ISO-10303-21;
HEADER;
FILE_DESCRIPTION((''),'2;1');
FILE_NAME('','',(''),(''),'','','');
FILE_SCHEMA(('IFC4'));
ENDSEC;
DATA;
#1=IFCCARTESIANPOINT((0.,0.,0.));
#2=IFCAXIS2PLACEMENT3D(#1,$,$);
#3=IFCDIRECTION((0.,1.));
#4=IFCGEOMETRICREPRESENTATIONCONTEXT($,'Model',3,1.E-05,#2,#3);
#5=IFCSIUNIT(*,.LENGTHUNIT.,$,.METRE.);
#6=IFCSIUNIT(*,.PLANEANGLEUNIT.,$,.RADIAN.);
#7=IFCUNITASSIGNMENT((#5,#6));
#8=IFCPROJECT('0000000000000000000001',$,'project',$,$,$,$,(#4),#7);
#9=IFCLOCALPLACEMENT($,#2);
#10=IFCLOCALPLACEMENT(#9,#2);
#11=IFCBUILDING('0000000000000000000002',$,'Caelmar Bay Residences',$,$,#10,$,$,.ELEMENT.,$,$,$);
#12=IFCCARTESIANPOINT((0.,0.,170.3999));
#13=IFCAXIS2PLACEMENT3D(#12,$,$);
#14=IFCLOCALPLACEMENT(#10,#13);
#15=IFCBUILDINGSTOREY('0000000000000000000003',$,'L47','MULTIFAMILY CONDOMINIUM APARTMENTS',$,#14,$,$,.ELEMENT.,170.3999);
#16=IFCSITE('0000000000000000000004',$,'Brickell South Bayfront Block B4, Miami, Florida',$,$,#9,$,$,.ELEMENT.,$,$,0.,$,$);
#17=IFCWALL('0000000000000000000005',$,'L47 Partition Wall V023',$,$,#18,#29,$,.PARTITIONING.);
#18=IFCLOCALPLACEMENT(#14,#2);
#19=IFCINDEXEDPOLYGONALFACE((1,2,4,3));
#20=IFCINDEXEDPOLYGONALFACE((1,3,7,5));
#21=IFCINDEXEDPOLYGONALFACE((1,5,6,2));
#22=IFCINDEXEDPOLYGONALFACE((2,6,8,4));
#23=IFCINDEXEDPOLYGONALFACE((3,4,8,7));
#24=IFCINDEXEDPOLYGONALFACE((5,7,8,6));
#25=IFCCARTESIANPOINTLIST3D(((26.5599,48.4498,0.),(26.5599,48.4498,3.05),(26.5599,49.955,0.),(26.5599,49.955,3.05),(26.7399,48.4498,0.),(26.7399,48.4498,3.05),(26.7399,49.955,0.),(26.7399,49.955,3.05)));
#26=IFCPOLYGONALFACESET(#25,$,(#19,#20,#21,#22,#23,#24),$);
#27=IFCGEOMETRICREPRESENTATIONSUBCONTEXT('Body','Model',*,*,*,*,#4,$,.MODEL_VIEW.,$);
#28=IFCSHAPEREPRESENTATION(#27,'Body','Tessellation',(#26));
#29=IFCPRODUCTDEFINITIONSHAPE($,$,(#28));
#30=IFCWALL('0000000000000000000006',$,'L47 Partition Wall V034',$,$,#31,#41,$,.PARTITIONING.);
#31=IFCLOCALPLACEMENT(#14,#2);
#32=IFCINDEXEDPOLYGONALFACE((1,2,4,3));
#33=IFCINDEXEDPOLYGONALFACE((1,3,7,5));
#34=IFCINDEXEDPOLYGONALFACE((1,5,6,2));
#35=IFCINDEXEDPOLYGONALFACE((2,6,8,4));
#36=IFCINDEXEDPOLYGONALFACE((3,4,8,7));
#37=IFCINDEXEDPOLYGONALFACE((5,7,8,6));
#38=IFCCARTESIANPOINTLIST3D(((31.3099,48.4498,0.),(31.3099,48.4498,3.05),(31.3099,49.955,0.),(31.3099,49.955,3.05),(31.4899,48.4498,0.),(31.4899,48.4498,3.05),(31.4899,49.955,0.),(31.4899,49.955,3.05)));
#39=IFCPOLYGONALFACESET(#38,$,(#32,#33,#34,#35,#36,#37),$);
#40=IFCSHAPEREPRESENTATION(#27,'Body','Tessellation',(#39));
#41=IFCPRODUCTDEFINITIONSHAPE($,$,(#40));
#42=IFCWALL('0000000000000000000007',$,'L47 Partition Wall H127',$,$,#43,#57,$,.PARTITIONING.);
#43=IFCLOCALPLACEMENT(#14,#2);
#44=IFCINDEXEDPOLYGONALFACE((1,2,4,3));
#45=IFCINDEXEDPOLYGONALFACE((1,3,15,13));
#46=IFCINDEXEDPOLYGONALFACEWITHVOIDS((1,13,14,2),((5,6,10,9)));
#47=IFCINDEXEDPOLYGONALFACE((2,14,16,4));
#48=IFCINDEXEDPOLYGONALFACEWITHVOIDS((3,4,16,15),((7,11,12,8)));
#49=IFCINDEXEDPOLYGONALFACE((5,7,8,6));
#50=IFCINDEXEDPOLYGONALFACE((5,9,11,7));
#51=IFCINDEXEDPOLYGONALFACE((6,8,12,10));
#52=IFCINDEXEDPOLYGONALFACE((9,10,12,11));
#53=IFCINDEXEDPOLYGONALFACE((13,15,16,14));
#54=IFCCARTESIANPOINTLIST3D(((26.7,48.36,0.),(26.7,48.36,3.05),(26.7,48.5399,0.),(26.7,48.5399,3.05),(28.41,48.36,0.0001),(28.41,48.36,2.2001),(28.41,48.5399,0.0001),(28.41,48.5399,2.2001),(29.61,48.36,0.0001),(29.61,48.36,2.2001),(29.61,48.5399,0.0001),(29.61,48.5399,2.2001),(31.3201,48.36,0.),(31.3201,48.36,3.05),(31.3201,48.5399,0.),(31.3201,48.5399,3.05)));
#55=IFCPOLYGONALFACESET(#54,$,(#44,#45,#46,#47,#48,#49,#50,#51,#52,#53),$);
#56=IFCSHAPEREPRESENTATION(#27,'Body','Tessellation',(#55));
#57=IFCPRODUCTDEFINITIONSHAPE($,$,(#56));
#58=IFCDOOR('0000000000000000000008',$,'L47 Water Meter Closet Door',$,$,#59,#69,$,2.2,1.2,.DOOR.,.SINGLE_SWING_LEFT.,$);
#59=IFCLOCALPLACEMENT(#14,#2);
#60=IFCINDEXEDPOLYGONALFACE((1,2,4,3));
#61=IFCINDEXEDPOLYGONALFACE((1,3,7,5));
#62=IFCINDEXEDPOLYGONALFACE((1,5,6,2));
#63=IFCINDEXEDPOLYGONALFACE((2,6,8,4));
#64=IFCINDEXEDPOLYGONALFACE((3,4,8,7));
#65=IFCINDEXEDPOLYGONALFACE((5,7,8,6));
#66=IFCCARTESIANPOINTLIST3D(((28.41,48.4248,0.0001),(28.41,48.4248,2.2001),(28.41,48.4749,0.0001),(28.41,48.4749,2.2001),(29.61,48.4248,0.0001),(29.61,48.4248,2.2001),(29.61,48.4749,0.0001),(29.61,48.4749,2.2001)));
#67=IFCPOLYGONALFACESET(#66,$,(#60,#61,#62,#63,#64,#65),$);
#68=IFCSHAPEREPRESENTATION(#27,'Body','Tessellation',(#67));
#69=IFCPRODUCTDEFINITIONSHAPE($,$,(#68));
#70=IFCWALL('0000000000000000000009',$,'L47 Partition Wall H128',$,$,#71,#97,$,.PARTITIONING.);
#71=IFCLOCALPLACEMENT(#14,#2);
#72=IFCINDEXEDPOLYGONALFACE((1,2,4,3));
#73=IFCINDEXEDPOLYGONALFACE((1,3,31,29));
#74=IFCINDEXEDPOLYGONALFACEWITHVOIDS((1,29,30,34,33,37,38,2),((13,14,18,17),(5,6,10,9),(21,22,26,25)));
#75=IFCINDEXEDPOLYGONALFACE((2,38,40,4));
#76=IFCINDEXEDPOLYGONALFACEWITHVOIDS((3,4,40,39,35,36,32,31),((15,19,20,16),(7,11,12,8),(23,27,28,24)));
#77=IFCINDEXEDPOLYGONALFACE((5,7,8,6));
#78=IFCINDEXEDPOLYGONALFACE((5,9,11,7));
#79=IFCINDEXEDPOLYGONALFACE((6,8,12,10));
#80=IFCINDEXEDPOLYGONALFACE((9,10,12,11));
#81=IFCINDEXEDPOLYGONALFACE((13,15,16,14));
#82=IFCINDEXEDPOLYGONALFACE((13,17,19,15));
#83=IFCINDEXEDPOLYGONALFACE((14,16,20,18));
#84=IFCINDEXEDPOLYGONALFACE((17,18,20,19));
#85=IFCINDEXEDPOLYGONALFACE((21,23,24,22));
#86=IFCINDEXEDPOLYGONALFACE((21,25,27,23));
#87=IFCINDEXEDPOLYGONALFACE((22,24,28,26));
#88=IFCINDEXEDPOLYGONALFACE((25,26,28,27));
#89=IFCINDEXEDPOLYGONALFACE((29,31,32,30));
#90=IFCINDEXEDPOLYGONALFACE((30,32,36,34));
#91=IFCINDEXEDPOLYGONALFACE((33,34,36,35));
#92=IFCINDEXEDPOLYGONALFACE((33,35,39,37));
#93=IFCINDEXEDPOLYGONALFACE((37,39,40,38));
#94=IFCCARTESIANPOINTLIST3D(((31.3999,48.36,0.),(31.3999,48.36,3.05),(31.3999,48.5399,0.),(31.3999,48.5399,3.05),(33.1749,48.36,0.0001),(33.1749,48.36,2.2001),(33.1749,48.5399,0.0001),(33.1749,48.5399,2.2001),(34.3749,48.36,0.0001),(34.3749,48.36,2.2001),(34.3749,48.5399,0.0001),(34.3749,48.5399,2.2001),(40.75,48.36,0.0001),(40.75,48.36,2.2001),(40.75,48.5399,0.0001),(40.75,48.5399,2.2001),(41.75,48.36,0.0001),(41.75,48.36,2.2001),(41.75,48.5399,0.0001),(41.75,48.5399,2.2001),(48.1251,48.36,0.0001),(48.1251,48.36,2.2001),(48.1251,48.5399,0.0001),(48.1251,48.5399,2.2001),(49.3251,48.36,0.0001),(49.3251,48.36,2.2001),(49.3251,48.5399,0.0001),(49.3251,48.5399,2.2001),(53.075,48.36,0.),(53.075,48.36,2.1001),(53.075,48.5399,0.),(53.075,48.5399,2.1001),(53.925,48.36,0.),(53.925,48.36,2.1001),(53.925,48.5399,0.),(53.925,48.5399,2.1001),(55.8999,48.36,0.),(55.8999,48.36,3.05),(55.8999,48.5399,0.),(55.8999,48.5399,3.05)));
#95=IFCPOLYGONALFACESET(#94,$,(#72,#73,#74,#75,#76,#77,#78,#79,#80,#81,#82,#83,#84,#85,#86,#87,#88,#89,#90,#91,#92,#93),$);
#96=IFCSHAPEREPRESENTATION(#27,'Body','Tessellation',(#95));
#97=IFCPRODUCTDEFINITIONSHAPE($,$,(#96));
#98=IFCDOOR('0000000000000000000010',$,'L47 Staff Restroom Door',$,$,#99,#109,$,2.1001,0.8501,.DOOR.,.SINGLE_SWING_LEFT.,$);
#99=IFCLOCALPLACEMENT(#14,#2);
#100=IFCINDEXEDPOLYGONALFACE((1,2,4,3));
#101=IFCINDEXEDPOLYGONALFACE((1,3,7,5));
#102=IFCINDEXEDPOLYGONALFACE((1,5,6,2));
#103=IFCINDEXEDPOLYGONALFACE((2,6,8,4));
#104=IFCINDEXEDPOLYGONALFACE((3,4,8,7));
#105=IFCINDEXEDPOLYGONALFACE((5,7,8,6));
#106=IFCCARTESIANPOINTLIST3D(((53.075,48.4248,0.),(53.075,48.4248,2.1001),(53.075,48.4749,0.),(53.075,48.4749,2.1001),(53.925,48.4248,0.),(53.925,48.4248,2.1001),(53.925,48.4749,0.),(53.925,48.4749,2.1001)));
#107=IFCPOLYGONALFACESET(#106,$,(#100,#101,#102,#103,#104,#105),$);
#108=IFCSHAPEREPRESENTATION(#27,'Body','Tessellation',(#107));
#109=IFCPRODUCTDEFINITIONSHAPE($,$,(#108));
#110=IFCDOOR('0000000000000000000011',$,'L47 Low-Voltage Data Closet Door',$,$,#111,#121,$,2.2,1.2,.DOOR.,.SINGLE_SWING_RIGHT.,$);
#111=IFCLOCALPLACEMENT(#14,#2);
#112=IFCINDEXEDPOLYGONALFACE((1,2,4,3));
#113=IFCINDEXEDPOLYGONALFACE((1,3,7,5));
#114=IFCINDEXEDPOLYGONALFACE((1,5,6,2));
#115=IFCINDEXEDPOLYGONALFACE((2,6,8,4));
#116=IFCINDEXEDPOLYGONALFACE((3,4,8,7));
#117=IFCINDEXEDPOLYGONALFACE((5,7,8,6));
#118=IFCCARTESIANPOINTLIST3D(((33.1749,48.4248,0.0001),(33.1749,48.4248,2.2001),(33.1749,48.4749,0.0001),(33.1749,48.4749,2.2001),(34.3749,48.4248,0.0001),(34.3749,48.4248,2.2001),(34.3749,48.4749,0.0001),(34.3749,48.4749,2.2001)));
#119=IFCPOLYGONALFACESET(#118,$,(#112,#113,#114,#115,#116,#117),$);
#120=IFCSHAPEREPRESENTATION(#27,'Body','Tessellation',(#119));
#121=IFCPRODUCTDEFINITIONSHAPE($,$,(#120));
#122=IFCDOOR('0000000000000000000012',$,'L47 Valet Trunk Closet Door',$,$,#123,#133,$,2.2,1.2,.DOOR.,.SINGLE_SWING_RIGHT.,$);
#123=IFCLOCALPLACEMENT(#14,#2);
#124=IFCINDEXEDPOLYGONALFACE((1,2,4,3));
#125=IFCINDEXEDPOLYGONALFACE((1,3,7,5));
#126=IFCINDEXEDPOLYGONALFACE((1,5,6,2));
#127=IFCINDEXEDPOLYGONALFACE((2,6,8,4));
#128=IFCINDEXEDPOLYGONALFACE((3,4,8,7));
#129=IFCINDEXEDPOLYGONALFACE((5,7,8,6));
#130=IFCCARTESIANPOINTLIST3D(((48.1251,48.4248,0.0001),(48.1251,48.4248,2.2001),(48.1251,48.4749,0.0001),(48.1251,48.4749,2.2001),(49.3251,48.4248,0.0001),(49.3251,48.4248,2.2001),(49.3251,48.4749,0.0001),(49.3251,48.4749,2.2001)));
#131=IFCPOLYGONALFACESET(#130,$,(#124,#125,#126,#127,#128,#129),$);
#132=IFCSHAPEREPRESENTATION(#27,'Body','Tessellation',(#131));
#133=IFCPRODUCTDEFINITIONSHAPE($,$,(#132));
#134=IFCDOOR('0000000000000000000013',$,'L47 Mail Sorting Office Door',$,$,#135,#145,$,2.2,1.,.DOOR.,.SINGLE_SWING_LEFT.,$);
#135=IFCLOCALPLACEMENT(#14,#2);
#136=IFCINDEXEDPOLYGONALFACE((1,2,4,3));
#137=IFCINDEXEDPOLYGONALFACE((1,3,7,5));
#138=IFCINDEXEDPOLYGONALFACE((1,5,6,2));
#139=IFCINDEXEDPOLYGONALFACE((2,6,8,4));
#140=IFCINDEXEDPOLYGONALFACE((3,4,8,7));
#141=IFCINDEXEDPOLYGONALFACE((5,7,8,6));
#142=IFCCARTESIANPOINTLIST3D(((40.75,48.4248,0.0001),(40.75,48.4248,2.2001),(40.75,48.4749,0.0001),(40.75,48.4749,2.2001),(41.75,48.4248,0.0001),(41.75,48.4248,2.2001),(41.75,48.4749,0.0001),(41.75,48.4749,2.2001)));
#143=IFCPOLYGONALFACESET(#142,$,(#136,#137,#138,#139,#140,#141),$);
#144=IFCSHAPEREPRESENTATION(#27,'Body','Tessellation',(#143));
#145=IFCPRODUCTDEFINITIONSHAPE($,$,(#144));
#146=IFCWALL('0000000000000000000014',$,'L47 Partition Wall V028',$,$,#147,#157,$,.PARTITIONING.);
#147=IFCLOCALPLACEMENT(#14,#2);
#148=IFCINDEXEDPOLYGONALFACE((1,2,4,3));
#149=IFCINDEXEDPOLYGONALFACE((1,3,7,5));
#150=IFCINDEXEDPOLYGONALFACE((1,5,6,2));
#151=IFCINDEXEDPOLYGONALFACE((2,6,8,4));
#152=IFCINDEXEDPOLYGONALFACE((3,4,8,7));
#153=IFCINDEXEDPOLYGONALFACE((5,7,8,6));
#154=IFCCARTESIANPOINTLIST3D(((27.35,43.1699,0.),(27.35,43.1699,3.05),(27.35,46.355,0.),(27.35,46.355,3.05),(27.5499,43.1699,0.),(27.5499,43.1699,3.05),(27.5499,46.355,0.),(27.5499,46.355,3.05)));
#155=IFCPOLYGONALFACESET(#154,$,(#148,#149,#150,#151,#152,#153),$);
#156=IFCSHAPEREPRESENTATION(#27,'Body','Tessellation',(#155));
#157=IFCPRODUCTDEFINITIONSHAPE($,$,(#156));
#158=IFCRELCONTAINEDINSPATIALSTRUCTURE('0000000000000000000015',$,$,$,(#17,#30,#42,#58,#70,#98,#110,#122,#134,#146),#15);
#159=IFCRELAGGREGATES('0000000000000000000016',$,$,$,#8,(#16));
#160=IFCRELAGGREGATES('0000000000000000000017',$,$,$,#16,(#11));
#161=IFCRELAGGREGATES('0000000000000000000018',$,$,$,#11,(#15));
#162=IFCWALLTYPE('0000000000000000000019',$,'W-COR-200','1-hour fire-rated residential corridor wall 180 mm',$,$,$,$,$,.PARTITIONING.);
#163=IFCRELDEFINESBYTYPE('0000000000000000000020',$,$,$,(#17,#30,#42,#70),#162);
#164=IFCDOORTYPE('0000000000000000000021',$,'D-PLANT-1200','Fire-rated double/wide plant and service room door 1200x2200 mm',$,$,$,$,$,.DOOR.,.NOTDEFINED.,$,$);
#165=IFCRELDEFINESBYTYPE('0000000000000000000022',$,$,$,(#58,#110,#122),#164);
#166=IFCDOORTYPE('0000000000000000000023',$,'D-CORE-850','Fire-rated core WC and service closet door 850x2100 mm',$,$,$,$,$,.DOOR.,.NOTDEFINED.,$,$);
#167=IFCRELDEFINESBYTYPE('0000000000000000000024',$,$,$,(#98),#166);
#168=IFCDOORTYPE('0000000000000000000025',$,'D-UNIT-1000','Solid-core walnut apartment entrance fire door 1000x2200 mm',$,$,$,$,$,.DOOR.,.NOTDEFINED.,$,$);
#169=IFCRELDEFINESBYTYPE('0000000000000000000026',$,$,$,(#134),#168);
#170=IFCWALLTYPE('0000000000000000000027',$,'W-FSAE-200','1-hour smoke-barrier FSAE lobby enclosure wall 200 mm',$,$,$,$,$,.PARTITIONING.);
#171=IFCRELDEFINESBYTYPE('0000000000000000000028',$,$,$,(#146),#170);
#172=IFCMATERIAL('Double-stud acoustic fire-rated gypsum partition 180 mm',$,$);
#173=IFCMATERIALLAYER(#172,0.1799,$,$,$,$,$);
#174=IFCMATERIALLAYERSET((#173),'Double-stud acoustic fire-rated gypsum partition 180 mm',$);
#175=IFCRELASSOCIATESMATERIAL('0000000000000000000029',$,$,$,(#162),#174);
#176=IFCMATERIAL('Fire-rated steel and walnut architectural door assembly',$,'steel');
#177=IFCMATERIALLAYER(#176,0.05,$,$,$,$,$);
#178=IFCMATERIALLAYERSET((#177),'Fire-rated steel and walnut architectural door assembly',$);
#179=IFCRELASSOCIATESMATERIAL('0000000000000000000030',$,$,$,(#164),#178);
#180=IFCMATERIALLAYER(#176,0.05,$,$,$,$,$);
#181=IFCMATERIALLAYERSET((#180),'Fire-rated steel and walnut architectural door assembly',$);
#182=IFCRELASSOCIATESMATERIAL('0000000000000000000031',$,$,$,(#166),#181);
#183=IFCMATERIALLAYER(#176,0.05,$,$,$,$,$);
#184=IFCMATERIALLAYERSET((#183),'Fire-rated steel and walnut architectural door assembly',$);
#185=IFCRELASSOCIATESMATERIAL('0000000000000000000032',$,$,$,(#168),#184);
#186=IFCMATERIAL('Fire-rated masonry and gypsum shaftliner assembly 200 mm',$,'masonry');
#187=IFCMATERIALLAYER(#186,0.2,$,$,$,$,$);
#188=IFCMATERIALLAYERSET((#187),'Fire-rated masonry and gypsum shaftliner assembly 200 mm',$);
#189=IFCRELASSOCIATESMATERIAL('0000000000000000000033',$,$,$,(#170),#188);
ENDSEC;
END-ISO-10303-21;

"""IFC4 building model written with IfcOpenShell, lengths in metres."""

from ifc_helpers import new_model, si_unit, direction, frame, frame_2d, origin, place, context, subcontext, project, spatial, rectangle, extrude, material, layer, layer_set, type_object, element, fill, save


model = new_model("IFC4")

# Units and contexts
model_context = context("Model", 3, precision=1e-05, world=origin(), true_north=direction((0.0, 1.0)))
body_context = subcontext(model_context, "Body", "Model", "MODEL_VIEW")
ifc_project = project(units=[si_unit("LENGTHUNIT", "METRE"), si_unit("PLANEANGLEUNIT", "RADIAN")], contexts=[model_context])

# Site, building, storey
site_placement = place(None, origin())
site = spatial("IfcSite", under=ifc_project, at=site_placement, Name="Brickell South Bayfront Block B4, Miami, Florida", CompositionType="ELEMENT", RefElevation=0.0)
building_placement = place(site_placement, origin())
building = spatial("IfcBuilding", under=site, at=building_placement, Name="Caelmar Bay Residences", CompositionType="ELEMENT")
storey_placement = place(building_placement, frame((0.0, 0.0, 170.3999)))
storey = spatial("IfcBuildingStorey", under=building, at=storey_placement, Name="L47", Description="MULTIFAMILY CONDOMINIUM APARTMENTS", CompositionType="ELEMENT", Elevation=170.3999)

# Walls
ifc_material_1 = material(Name="Double-stud acoustic fire-rated gypsum partition 180 mm")
ifc_layer_1 = layer(ifc_material_1, 0.1799)
ifc_layer_set_1 = layer_set([ifc_layer_1], Name="Double-stud acoustic fire-rated gypsum partition 180 mm")
wall_type_1 = type_object("IfcWallType", Name="W-COR-200", Description="1-hour fire-rated residential corridor wall 180 mm", PredefinedType="PARTITIONING", material=ifc_layer_set_1)
for number, where, z_axis, x_axis, name in (
    (1, (26.6499, 48.45, 0.0), (0.0, 0.0, 1.0), (0.0, 1.0, 0.0), "L47 Partition Wall V023"),
    (2, (31.3999, 48.45, 0.0), (0.0, 0.0, 1.0), (0.0, 1.0, 0.0), "L47 Partition Wall V034"),
):
    element("IfcWall", number, at=place(storey_placement, frame(where, z_axis=z_axis, x_axis=x_axis)), inside=storey, type_object=wall_type_1, Name=name, PredefinedType="PARTITIONING", context=body_context, shape_type="SweptSolid", body=[
        extrude(rectangle(XDim=1.5051, YDim=0.1799, at=frame_2d((0.7524, 0.0))), origin(), (0.0, 0.0, 1.0), 3.05),
    ])

# Wall, opening, door
wall_1_placement = place(storey_placement, frame((26.7, 48.45, 0.0), z_axis=(0.0, 0.0, 1.0), x_axis=(1.0, 0.0, 0.0)))
wall_1 = element("IfcWall", 3, at=wall_1_placement, inside=storey, type_object=wall_type_1, Name="L47 Partition Wall H127", PredefinedType="PARTITIONING", context=body_context, shape_type="SweptSolid", body=[
    extrude(rectangle(XDim=4.6201, YDim=0.1799, at=frame_2d((2.3101, 0.0))), origin(), (0.0, 0.0, 1.0), 3.05),
])
opening_1_placement = place(wall_1_placement, frame((1.71, 0.0, 0.0)))
opening_1 = element("IfcOpeningElement", 4, at=opening_1_placement, cuts=wall_1, PredefinedType="OPENING", context=body_context, shape_type="SweptSolid", body=[
    extrude(rectangle(XDim=1.2, YDim=2.2, at=frame_2d((0.6001, 1.1001))), frame((0.0, 0.0999, 0.0), z_axis=(0.0, -1.0, 0.0), x_axis=(1.0, 0.0, 0.0)), (0.0, 0.0, 1.0), 0.2),
])
ifc_material_2 = material(Name="Fire-rated steel and walnut architectural door assembly", Category="steel")
ifc_layer_2 = layer(ifc_material_2, 0.05)
ifc_layer_set_2 = layer_set([ifc_layer_2], Name="Fire-rated steel and walnut architectural door assembly")
door_type_1 = type_object("IfcDoorType", Name="D-PLANT-1200", Description="Fire-rated double/wide plant and service room door 1200x2200 mm", OperationType="NOTDEFINED", PredefinedType="DOOR", material=ifc_layer_set_2)
door_1_placement = place(opening_1_placement, origin())
door_1 = element("IfcDoor", 5, at=door_1_placement, inside=storey, type_object=door_type_1, Name="L47 Water Meter Closet Door", OperationType="SINGLE_SWING_LEFT", OverallHeight=2.2, OverallWidth=1.2, PredefinedType="DOOR", context=body_context, shape_type="SweptSolid", body=[
    extrude(rectangle(XDim=1.2, YDim=2.2, at=frame_2d((0.6001, 1.1001))), frame((0.0, 0.0249, 0.0), z_axis=(0.0, -1.0, 0.0), x_axis=(1.0, 0.0, 0.0)), (0.0, 0.0, 1.0), 0.05),
])
fill(opening_1, door_1)

# Wall, openings, doors
wall_2_placement = place(storey_placement, frame((31.3999, 48.45, 0.0), z_axis=(0.0, 0.0, 1.0), x_axis=(1.0, 0.0, 0.0)))
wall_2 = element("IfcWall", 6, at=wall_2_placement, inside=storey, type_object=wall_type_1, Name="L47 Partition Wall H128", PredefinedType="PARTITIONING", context=body_context, shape_type="SweptSolid", body=[
    extrude(rectangle(XDim=24.5, YDim=0.1799, at=frame_2d((12.25, 0.0))), origin(), (0.0, 0.0, 1.0), 3.05),
])
opening_2_placement = place(wall_2_placement, frame((1.7749, 0.0, 0.0)))
opening_2 = element("IfcOpeningElement", 7, at=opening_2_placement, cuts=wall_2, PredefinedType="OPENING", context=body_context, shape_type="SweptSolid", body=[
    extrude(rectangle(XDim=1.2, YDim=2.2, at=frame_2d((0.6001, 1.1001))), frame((0.0, 0.0999, 0.0), z_axis=(0.0, -1.0, 0.0), x_axis=(1.0, 0.0, 0.0)), (0.0, 0.0, 1.0), 0.2),
])
opening_3_placement = place(wall_2_placement, frame((9.3501, 0.0, 0.0)))
opening_3 = element("IfcOpeningElement", 8, at=opening_3_placement, cuts=wall_2, PredefinedType="OPENING", context=body_context, shape_type="SweptSolid", body=[
    extrude(rectangle(XDim=1.0, YDim=2.2, at=frame_2d((0.5, 1.1001))), frame((0.0, 0.0999, 0.0), z_axis=(0.0, -1.0, 0.0), x_axis=(1.0, 0.0, 0.0)), (0.0, 0.0, 1.0), 0.2),
])
opening_4_placement = place(wall_2_placement, frame((16.7251, 0.0, 0.0)))
opening_4 = element("IfcOpeningElement", 9, at=opening_4_placement, cuts=wall_2, PredefinedType="OPENING", context=body_context, shape_type="SweptSolid", body=[
    extrude(rectangle(XDim=1.2, YDim=2.2, at=frame_2d((0.6001, 1.1001))), frame((0.0, 0.0999, 0.0), z_axis=(0.0, -1.0, 0.0), x_axis=(1.0, 0.0, 0.0)), (0.0, 0.0, 1.0), 0.2),
])
opening_5_placement = place(wall_2_placement, frame((21.675, 0.0, 0.0)))
opening_5 = element("IfcOpeningElement", 10, at=opening_5_placement, cuts=wall_2, PredefinedType="OPENING", context=body_context, shape_type="SweptSolid", body=[
    extrude(rectangle(XDim=0.8501, YDim=2.1001, at=frame_2d((0.425, 1.05))), frame((0.0, 0.0999, 0.0), z_axis=(0.0, -1.0, 0.0), x_axis=(1.0, 0.0, 0.0)), (0.0, 0.0, 1.0), 0.2),
])
ifc_layer_3 = layer(ifc_material_2, 0.05)
ifc_layer_set_3 = layer_set([ifc_layer_3], Name="Fire-rated steel and walnut architectural door assembly")
door_type_2 = type_object("IfcDoorType", Name="D-CORE-850", Description="Fire-rated core WC and service closet door 850x2100 mm", OperationType="NOTDEFINED", PredefinedType="DOOR", material=ifc_layer_set_3)
door_2_placement = place(opening_5_placement, origin())
door_2 = element("IfcDoor", 11, at=door_2_placement, inside=storey, type_object=door_type_2, Name="L47 Staff Restroom Door", OperationType="SINGLE_SWING_LEFT", OverallHeight=2.1001, OverallWidth=0.8501, PredefinedType="DOOR", context=body_context, shape_type="SweptSolid", body=[
    extrude(rectangle(XDim=0.8501, YDim=2.1001, at=frame_2d((0.425, 1.05))), frame((0.0, 0.0249, 0.0), z_axis=(0.0, -1.0, 0.0), x_axis=(1.0, 0.0, 0.0)), (0.0, 0.0, 1.0), 0.05),
])
fill(opening_5, door_2)
door_3_placement = place(opening_2_placement, origin())
door_3 = element("IfcDoor", 12, at=door_3_placement, inside=storey, type_object=door_type_1, Name="L47 Low-Voltage Data Closet Door", OperationType="SINGLE_SWING_RIGHT", OverallHeight=2.2, OverallWidth=1.2, PredefinedType="DOOR", context=body_context, shape_type="SweptSolid", body=[
    extrude(rectangle(XDim=1.2, YDim=2.2, at=frame_2d((0.6001, 1.1001))), frame((0.0, 0.0249, 0.0), z_axis=(0.0, -1.0, 0.0), x_axis=(1.0, 0.0, 0.0)), (0.0, 0.0, 1.0), 0.05),
])
fill(opening_2, door_3)
door_4_placement = place(opening_4_placement, origin())
door_4 = element("IfcDoor", 13, at=door_4_placement, inside=storey, type_object=door_type_1, Name="L47 Valet Trunk Closet Door", OperationType="SINGLE_SWING_RIGHT", OverallHeight=2.2, OverallWidth=1.2, PredefinedType="DOOR", context=body_context, shape_type="SweptSolid", body=[
    extrude(rectangle(XDim=1.2, YDim=2.2, at=frame_2d((0.6001, 1.1001))), frame((0.0, 0.0249, 0.0), z_axis=(0.0, -1.0, 0.0), x_axis=(1.0, 0.0, 0.0)), (0.0, 0.0, 1.0), 0.05),
])
fill(opening_4, door_4)
ifc_layer_4 = layer(ifc_material_2, 0.05)
ifc_layer_set_4 = layer_set([ifc_layer_4], Name="Fire-rated steel and walnut architectural door assembly")
door_type_3 = type_object("IfcDoorType", Name="D-UNIT-1000", Description="Solid-core walnut apartment entrance fire door 1000x2200 mm", OperationType="NOTDEFINED", PredefinedType="DOOR", material=ifc_layer_set_4)
door_5_placement = place(opening_3_placement, origin())
door_5 = element("IfcDoor", 14, at=door_5_placement, inside=storey, type_object=door_type_3, Name="L47 Mail Sorting Office Door", OperationType="SINGLE_SWING_LEFT", OverallHeight=2.2, OverallWidth=1.0, PredefinedType="DOOR", context=body_context, shape_type="SweptSolid", body=[
    extrude(rectangle(XDim=1.0, YDim=2.2, at=frame_2d((0.5, 1.1001))), frame((0.0, 0.0249, 0.0), z_axis=(0.0, -1.0, 0.0), x_axis=(1.0, 0.0, 0.0)), (0.0, 0.0, 1.0), 0.05),
])
fill(opening_3, door_5)

# Wall
ifc_material_3 = material(Name="Fire-rated masonry and gypsum shaftliner assembly 200 mm", Category="masonry")
ifc_layer_5 = layer(ifc_material_3, 0.2)
ifc_layer_set_5 = layer_set([ifc_layer_5], Name="Fire-rated masonry and gypsum shaftliner assembly 200 mm")
wall_type_2 = type_object("IfcWallType", Name="W-FSAE-200", Description="1-hour smoke-barrier FSAE lobby enclosure wall 200 mm", PredefinedType="PARTITIONING", material=ifc_layer_set_5)
wall_3_placement = place(storey_placement, frame((27.45, 43.1699, 0.0), z_axis=(0.0, 0.0, 1.0), x_axis=(0.0, 1.0, 0.0)))
element("IfcWall", 15, at=wall_3_placement, inside=storey, type_object=wall_type_2, Name="L47 Partition Wall V028", PredefinedType="PARTITIONING", context=body_context, shape_type="SweptSolid", body=[
    extrude(rectangle(XDim=3.1851, YDim=0.2, at=frame_2d((1.5925, 0.0))), origin(), (0.0, 0.0, 1.0), 3.05),
])

save(model, "model.ifc")
